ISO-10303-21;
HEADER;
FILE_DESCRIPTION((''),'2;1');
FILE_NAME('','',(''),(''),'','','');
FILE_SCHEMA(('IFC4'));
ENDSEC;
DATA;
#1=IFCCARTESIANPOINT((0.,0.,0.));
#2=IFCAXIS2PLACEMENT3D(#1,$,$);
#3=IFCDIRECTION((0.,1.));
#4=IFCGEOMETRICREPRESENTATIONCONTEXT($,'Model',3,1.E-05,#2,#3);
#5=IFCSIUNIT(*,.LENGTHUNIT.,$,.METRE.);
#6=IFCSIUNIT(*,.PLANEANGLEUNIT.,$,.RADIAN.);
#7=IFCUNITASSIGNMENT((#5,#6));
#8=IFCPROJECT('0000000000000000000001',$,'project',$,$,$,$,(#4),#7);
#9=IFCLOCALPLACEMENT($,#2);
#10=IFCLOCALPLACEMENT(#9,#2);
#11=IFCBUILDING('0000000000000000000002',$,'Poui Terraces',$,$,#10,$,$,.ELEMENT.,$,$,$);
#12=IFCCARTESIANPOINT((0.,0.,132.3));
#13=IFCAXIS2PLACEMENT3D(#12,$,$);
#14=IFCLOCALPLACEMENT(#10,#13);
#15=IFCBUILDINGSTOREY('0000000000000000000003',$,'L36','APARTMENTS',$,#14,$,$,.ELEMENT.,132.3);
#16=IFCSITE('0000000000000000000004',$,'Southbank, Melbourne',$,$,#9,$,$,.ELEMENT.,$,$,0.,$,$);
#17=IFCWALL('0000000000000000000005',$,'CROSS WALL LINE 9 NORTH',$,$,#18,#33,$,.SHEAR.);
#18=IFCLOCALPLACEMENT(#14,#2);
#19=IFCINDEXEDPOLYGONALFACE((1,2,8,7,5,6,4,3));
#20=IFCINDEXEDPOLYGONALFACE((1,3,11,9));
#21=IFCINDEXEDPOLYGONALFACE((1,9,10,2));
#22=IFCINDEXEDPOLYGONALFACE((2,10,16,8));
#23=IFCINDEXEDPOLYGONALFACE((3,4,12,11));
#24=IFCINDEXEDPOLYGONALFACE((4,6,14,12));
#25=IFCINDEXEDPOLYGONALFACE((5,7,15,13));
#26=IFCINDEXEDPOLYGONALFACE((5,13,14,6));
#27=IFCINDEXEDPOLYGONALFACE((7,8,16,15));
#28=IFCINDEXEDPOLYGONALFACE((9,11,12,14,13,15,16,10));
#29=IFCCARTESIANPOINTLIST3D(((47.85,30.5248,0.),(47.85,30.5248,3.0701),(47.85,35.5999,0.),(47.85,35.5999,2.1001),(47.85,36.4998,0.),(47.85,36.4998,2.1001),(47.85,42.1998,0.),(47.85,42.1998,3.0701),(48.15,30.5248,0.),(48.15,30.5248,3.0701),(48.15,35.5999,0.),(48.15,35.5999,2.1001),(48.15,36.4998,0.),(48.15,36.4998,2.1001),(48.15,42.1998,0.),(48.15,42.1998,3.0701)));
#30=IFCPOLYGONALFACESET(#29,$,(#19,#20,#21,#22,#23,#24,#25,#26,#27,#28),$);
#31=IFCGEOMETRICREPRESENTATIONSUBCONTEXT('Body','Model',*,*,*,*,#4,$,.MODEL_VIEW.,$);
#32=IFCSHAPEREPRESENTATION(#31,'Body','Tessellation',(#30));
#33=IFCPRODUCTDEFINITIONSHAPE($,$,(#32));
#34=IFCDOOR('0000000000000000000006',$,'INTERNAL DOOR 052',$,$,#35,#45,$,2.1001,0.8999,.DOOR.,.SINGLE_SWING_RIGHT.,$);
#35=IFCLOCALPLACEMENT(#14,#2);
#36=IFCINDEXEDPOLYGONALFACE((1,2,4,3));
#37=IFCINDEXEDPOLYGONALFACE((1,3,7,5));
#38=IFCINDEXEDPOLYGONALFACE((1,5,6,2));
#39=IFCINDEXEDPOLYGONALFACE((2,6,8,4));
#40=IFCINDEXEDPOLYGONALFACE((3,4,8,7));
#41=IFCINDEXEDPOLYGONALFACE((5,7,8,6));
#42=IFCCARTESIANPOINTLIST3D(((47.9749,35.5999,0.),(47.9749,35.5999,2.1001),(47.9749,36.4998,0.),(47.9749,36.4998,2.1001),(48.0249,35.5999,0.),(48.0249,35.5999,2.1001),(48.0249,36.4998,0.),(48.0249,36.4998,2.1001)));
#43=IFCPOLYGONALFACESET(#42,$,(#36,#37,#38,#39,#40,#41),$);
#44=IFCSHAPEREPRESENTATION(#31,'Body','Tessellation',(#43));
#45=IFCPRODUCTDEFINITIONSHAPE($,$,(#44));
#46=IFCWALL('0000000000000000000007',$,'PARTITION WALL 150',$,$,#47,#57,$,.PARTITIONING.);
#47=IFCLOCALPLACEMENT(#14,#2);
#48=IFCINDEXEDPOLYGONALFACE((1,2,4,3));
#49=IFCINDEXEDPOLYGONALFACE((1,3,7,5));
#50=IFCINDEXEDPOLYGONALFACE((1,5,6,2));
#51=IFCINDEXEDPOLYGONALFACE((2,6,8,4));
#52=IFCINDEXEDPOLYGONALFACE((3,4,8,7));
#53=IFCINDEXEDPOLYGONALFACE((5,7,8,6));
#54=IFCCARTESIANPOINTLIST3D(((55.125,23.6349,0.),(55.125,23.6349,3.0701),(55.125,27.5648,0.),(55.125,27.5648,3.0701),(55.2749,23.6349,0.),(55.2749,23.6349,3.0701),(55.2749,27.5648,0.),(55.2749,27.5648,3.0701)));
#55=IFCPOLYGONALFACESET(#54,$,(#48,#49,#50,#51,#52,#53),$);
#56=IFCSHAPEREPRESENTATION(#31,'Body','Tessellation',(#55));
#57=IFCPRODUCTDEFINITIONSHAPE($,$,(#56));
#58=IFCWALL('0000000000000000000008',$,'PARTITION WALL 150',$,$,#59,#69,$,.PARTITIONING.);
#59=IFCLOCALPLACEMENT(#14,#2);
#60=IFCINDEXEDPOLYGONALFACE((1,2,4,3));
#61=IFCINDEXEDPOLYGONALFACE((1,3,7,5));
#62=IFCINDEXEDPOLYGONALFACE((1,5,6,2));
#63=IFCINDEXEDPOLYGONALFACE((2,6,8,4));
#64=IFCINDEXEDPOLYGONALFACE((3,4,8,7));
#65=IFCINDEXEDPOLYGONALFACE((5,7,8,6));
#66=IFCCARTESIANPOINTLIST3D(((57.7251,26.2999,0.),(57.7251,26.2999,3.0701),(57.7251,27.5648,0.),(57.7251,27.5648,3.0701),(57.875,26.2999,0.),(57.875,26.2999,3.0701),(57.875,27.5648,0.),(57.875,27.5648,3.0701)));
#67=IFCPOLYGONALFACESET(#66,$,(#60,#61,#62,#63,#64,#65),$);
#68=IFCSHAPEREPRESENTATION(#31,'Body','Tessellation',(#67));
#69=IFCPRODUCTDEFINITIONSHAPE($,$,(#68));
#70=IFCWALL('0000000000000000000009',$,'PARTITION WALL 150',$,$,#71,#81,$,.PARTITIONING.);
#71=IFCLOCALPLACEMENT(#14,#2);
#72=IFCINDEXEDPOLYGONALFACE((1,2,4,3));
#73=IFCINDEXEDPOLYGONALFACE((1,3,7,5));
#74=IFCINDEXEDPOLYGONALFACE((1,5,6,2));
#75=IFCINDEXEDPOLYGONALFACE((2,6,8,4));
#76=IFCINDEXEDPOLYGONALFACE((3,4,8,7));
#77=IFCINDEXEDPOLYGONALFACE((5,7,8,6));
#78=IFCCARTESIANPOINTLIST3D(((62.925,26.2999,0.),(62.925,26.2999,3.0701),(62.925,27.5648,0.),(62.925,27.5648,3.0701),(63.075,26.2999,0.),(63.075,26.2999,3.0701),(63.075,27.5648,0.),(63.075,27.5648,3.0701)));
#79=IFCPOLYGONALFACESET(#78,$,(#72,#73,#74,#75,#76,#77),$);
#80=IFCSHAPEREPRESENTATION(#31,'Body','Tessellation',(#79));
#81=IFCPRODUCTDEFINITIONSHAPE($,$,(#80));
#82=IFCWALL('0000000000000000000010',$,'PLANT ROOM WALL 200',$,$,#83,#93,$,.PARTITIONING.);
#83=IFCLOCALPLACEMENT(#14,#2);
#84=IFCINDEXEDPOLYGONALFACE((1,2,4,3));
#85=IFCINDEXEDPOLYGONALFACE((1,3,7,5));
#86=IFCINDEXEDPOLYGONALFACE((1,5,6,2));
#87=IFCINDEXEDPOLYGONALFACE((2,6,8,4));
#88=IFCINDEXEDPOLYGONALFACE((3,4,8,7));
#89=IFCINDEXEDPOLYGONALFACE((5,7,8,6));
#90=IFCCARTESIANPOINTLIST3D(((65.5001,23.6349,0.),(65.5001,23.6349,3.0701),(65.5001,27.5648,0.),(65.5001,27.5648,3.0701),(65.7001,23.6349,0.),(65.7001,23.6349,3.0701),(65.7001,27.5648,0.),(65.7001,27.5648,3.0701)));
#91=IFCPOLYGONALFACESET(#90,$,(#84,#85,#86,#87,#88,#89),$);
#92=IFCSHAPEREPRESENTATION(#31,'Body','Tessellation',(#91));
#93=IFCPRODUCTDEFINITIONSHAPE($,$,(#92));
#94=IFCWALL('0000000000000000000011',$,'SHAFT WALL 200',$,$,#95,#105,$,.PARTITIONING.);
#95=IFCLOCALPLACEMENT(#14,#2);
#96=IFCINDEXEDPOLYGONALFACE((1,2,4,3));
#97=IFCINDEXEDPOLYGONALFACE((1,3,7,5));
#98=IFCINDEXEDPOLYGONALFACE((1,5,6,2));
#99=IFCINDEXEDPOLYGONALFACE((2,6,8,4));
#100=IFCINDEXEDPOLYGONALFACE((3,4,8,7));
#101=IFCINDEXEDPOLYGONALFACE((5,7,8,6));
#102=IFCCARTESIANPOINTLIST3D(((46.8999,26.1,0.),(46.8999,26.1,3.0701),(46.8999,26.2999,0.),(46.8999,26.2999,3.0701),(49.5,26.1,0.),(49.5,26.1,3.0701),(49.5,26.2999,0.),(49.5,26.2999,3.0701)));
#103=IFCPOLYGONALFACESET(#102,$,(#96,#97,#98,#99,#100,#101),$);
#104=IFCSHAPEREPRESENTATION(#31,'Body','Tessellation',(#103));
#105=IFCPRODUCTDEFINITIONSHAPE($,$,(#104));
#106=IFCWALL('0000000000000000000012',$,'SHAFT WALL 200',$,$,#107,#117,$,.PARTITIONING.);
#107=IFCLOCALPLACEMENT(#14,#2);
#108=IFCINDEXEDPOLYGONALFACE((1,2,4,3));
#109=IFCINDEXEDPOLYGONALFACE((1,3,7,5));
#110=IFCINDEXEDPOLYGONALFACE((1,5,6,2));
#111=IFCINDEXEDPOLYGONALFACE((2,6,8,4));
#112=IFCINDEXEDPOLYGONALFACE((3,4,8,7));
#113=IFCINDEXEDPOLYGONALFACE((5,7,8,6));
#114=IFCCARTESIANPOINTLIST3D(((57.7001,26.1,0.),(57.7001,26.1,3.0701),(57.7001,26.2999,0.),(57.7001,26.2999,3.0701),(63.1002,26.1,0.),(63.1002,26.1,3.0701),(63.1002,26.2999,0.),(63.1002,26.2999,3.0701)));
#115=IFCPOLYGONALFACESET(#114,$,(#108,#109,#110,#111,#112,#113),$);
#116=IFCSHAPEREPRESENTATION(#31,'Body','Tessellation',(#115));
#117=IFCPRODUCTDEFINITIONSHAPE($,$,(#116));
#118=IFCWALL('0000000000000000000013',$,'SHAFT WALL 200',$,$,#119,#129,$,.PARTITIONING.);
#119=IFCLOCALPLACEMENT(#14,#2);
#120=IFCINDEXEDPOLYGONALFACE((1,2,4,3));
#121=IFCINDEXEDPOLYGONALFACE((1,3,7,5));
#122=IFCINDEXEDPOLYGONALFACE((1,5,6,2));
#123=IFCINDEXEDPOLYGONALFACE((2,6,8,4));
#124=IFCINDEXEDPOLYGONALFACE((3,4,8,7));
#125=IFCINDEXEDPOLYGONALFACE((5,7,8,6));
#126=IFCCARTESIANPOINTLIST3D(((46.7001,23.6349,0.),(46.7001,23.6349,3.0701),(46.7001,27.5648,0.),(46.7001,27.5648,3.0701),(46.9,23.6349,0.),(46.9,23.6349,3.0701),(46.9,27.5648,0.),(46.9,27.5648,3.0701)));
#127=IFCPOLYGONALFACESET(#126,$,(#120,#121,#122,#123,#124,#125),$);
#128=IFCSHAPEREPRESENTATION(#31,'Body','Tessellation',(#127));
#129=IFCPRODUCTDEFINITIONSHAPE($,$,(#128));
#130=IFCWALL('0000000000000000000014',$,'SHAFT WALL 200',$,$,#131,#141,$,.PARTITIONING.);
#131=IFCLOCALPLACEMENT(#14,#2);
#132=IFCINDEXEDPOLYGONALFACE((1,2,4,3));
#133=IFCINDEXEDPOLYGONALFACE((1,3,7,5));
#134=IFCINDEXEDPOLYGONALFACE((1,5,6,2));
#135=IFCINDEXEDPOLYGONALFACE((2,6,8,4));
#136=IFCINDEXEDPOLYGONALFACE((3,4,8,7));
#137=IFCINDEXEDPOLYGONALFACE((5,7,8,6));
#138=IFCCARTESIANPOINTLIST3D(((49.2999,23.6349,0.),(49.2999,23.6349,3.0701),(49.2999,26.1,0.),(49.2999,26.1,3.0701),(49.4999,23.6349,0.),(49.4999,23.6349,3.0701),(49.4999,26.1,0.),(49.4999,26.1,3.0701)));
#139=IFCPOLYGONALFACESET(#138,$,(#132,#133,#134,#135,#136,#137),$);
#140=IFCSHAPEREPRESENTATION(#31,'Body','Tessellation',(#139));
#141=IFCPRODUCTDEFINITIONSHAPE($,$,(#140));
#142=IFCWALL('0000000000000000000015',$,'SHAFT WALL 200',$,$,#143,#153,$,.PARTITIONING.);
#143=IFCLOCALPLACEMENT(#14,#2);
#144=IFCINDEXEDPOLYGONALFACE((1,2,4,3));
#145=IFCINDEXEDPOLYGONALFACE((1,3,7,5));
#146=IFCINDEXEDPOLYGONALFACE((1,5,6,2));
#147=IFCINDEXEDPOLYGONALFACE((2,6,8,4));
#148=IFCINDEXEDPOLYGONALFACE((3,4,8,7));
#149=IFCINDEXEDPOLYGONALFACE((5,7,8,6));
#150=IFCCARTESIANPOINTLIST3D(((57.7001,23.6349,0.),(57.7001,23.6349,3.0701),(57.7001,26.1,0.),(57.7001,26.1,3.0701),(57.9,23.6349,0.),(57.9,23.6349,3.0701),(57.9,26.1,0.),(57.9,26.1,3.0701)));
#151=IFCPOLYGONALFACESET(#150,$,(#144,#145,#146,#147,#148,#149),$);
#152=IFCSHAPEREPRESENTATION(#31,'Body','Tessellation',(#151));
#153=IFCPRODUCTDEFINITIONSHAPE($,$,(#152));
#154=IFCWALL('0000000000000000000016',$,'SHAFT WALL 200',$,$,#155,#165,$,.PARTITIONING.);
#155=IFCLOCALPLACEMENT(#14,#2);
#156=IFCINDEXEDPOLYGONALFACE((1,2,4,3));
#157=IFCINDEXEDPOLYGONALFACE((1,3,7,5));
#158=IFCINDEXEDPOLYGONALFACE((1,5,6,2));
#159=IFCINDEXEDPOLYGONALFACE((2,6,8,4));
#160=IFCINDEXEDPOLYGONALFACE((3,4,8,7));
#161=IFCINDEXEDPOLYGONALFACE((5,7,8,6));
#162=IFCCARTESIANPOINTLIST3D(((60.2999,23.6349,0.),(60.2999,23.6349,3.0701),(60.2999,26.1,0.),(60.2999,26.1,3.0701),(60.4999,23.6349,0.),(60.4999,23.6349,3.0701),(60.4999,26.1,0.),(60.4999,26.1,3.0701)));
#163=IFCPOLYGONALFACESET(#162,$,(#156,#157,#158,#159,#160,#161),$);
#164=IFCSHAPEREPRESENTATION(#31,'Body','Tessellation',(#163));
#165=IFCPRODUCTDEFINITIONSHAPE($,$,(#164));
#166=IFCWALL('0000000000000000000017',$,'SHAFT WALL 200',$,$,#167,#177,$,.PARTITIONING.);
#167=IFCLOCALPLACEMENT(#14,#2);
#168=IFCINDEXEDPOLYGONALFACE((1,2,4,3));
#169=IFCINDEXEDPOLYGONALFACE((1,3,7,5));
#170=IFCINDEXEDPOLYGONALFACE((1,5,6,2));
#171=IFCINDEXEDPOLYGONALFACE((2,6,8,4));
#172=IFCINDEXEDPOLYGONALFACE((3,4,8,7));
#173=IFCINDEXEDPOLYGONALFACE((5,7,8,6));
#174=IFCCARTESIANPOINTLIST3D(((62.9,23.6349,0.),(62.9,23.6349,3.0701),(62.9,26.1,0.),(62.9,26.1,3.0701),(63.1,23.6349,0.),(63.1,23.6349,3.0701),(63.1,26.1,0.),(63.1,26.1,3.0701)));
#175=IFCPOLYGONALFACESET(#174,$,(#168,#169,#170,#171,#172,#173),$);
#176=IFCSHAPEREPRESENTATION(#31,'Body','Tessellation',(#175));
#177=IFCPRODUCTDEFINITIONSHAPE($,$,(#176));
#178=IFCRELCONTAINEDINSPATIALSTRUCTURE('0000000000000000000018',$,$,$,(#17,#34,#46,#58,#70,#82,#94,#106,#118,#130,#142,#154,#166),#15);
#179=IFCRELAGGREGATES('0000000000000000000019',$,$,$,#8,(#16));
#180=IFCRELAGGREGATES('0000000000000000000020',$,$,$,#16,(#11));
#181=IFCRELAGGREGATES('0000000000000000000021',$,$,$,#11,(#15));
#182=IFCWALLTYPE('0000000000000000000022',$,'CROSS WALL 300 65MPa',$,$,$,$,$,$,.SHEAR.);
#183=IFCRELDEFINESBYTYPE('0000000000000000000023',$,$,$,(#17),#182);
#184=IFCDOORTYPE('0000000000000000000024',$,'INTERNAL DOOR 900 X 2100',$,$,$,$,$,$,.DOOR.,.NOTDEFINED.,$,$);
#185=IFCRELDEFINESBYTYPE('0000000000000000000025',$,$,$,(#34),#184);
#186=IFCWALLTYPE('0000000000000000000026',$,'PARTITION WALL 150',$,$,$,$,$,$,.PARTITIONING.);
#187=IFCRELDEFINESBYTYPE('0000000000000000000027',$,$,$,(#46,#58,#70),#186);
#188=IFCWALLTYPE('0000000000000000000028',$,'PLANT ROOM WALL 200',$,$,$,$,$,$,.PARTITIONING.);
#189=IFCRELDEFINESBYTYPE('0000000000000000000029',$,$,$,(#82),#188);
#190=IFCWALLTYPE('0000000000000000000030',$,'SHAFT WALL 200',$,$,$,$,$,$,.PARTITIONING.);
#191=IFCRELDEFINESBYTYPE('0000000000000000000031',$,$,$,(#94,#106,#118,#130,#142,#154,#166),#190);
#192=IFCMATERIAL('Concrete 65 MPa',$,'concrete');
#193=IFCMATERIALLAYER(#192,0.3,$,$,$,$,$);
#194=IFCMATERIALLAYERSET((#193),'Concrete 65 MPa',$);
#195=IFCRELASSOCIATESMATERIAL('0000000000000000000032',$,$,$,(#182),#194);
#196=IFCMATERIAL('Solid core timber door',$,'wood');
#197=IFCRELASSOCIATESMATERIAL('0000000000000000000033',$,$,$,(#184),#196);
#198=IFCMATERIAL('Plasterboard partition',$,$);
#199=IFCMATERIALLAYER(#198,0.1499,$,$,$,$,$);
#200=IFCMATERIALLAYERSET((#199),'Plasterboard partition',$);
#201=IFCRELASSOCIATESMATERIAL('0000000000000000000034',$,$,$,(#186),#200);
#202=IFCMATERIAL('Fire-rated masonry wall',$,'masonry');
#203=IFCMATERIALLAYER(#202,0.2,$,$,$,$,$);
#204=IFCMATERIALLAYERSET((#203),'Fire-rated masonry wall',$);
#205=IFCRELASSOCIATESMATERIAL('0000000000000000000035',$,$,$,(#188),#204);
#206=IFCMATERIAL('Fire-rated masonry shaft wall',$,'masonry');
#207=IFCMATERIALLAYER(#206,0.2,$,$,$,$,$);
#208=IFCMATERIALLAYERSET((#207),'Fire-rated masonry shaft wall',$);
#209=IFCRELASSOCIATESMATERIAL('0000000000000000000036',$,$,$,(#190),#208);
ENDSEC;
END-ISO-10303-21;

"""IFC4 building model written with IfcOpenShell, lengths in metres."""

from ifc_helpers import new_model, si_unit, direction, frame, frame_2d, origin, place, context, subcontext, project, spatial, rectangle, extrude, material, layer, layer_set, type_object, element, fill, save


model = new_model("IFC4")

# Units and contexts
model_context = context("Model", 3, precision=1e-05, world=origin(), true_north=direction((0.0, 1.0)))
body_context = subcontext(model_context, "Body", "Model", "MODEL_VIEW")
ifc_project = project(units=[si_unit("LENGTHUNIT", "METRE"), si_unit("PLANEANGLEUNIT", "RADIAN")], contexts=[model_context])

# Site, building, storey
site_placement = place(None, origin())
site = spatial("IfcSite", under=ifc_project, at=site_placement, Name="Southbank, Melbourne", CompositionType="ELEMENT", RefElevation=0.0)
building_placement = place(site_placement, origin())
building = spatial("IfcBuilding", under=site, at=building_placement, Name="Poui Terraces", CompositionType="ELEMENT")
storey_placement = place(building_placement, frame((0.0, 0.0, 132.3)))
storey = spatial("IfcBuildingStorey", under=building, at=storey_placement, Name="L36", Description="APARTMENTS", CompositionType="ELEMENT", Elevation=132.3)

# Shared definitions
ifc_material_1 = material(Name="Concrete 65 MPa", Category="concrete")

# Wall, opening, door
ifc_layer_1 = layer(ifc_material_1, 0.3)
ifc_layer_set_1 = layer_set([ifc_layer_1], Name="Concrete 65 MPa")
wall_type_1 = type_object("IfcWallType", Name="CROSS WALL 300 65MPa", PredefinedType="SHEAR", material=ifc_layer_set_1)
wall_1_placement = place(storey_placement, frame((48.0, 30.5249, 0.0), z_axis=(0.0, 0.0, 1.0), x_axis=(0.0, 1.0, 0.0)))
wall_1 = element("IfcWall", 1, at=wall_1_placement, inside=storey, type_object=wall_type_1, Name="CROSS WALL LINE 9 NORTH", PredefinedType="SHEAR", context=body_context, shape_type="SweptSolid", body=[
    extrude(rectangle(XDim=11.675, YDim=0.3, at=frame_2d((5.8374, 0.0))), origin(), (0.0, 0.0, 1.0), 3.0701),
])
opening_1_placement = place(wall_1_placement, frame((5.075, 0.0, 0.0)))
opening_1 = element("IfcOpeningElement", 2, at=opening_1_placement, cuts=wall_1, PredefinedType="OPENING", context=body_context, shape_type="SweptSolid", body=[
    extrude(rectangle(XDim=0.8999, YDim=2.1001, at=frame_2d((0.45, 1.05))), frame((0.0, 0.1602, 0.0), z_axis=(0.0, -1.0, 0.0), x_axis=(1.0, 0.0, 0.0)), (0.0, 0.0, 1.0), 0.3201),
])
ifc_material_2 = material(Name="Solid core timber door", Category="wood")
door_type_1 = type_object("IfcDoorType", Name="INTERNAL DOOR 900 X 2100", OperationType="NOTDEFINED", PredefinedType="DOOR", material=ifc_material_2)
door_1_placement = place(opening_1_placement, frame((0.8999, 0.0, 0.0), z_axis=(0.0, 0.0, 1.0), x_axis=(-1.0, 0.0, 0.0)))
door_1 = element("IfcDoor", 3, at=door_1_placement, inside=storey, type_object=door_type_1, Name="INTERNAL DOOR 052", OperationType="SINGLE_SWING_RIGHT", OverallHeight=2.1001, OverallWidth=0.8999, PredefinedType="DOOR", context=body_context, shape_type="SweptSolid", body=[
    extrude(rectangle(XDim=0.8999, YDim=2.1001, at=frame_2d((0.45, 1.05))), frame((0.0, 0.0249, 0.0), z_axis=(0.0, -1.0, 0.0), x_axis=(1.0, 0.0, 0.0)), (0.0, 0.0, 1.0), 0.05),
])
fill(opening_1, door_1)

# Walls
ifc_material_3 = material(Name="Plasterboard partition")
ifc_layer_2 = layer(ifc_material_3, 0.1499)
ifc_layer_set_2 = layer_set([ifc_layer_2], Name="Plasterboard partition")
wall_type_2 = type_object("IfcWallType", Name="PARTITION WALL 150", PredefinedType="PARTITIONING", material=ifc_layer_set_2)
wall_2_placement = place(storey_placement, frame((55.2, 23.635, 0.0), z_axis=(0.0, 0.0, 1.0), x_axis=(0.0, 1.0, 0.0)))
element("IfcWall", 4, at=wall_2_placement, inside=storey, type_object=wall_type_2, Name="PARTITION WALL 150", PredefinedType="PARTITIONING", context=body_context, shape_type="SweptSolid", body=[
    extrude(rectangle(XDim=3.9299, YDim=0.1499, at=frame_2d((1.9648, 0.0))), origin(), (0.0, 0.0, 1.0), 3.0701),
])
for number, where, z_axis, x_axis, name in (
    (5, (57.8, 26.3, 0.0), (0.0, 0.0, 1.0), (0.0, 1.0, 0.0), "PARTITION WALL 150"),
    (6, (63.0, 26.3, 0.0), (0.0, 0.0, 1.0), (0.0, 1.0, 0.0), "PARTITION WALL 150"),
):
    element("IfcWall", number, at=place(storey_placement, frame(where, z_axis=z_axis, x_axis=x_axis)), inside=storey, type_object=wall_type_2, Name=name, PredefinedType="PARTITIONING", context=body_context, shape_type="SweptSolid", body=[
        extrude(rectangle(XDim=1.2649, YDim=0.1499, at=frame_2d((0.6323, 0.0))), origin(), (0.0, 0.0, 1.0), 3.0701),
    ])
ifc_material_4 = material(Name="Fire-rated masonry wall", Category="masonry")
ifc_layer_3 = layer(ifc_material_4, 0.2)
ifc_layer_set_3 = layer_set([ifc_layer_3], Name="Fire-rated masonry wall")
wall_type_3 = type_object("IfcWallType", Name="PLANT ROOM WALL 200", PredefinedType="PARTITIONING", material=ifc_layer_set_3)
wall_3_placement = place(storey_placement, frame((65.6001, 23.635, 0.0), z_axis=(0.0, 0.0, 1.0), x_axis=(0.0, 1.0, 0.0)))
element("IfcWall", 7, at=wall_3_placement, inside=storey, type_object=wall_type_3, Name="PLANT ROOM WALL 200", PredefinedType="PARTITIONING", context=body_context, shape_type="SweptSolid", body=[
    extrude(rectangle(XDim=3.9299, YDim=0.2, at=frame_2d((1.9648, 0.0))), origin(), (0.0, 0.0, 1.0), 3.0701),
])
ifc_material_5 = material(Name="Fire-rated masonry shaft wall", Category="masonry")
ifc_layer_4 = layer(ifc_material_5, 0.2)
ifc_layer_set_4 = layer_set([ifc_layer_4], Name="Fire-rated masonry shaft wall")
wall_type_4 = type_object("IfcWallType", Name="SHAFT WALL 200", PredefinedType="PARTITIONING", material=ifc_layer_set_4)
wall_4_placement = place(storey_placement, frame((46.8999, 26.2, 0.0), z_axis=(0.0, 0.0, 1.0), x_axis=(1.0, 0.0, 0.0)))
element("IfcWall", 8, at=wall_4_placement, inside=storey, type_object=wall_type_4, Name="SHAFT WALL 200", PredefinedType="PARTITIONING", context=body_context, shape_type="SweptSolid", body=[
    extrude(rectangle(XDim=2.6001, YDim=0.2, at=frame_2d((1.3, 0.0))), origin(), (0.0, 0.0, 1.0), 3.0701),
])
wall_5_placement = place(storey_placement, frame((57.7, 26.2, 0.0), z_axis=(0.0, 0.0, 1.0), x_axis=(1.0, 0.0, 0.0)))
element("IfcWall", 9, at=wall_5_placement, inside=storey, type_object=wall_type_4, Name="SHAFT WALL 200", PredefinedType="PARTITIONING", context=body_context, shape_type="SweptSolid", body=[
    extrude(rectangle(XDim=5.4001, YDim=0.2, at=frame_2d((2.7002, 0.0))), origin(), (0.0, 0.0, 1.0), 3.0701),
])
wall_6_placement = place(storey_placement, frame((46.8, 23.635, 0.0), z_axis=(0.0, 0.0, 1.0), x_axis=(0.0, 1.0, 0.0)))
element("IfcWall", 10, at=wall_6_placement, inside=storey, type_object=wall_type_4, Name="SHAFT WALL 200", PredefinedType="PARTITIONING", context=body_context, shape_type="SweptSolid", body=[
    extrude(rectangle(XDim=3.9299, YDim=0.2, at=frame_2d((1.9648, 0.0))), origin(), (0.0, 0.0, 1.0), 3.0701),
])
for number, where, z_axis, x_axis, name in (
    (11, (49.3999, 23.635, 0.0), (0.0, 0.0, 1.0), (0.0, 1.0, 0.0), "SHAFT WALL 200"),
    (12, (57.8, 23.635, 0.0), (0.0, 0.0, 1.0), (0.0, 1.0, 0.0), "SHAFT WALL 200"),
    (13, (60.3999, 23.635, 0.0), (0.0, 0.0, 1.0), (0.0, 1.0, 0.0), "SHAFT WALL 200"),
    (14, (63.0, 23.635, 0.0), (0.0, 0.0, 1.0), (0.0, 1.0, 0.0), "SHAFT WALL 200"),
):
    element("IfcWall", number, at=place(storey_placement, frame(where, z_axis=z_axis, x_axis=x_axis)), inside=storey, type_object=wall_type_4, Name=name, PredefinedType="PARTITIONING", context=body_context, shape_type="SweptSolid", body=[
        extrude(rectangle(XDim=2.4651, YDim=0.2, at=frame_2d((1.2324, 0.0))), origin(), (0.0, 0.0, 1.0), 3.0701),
    ])

save(model, "model.ifc")
